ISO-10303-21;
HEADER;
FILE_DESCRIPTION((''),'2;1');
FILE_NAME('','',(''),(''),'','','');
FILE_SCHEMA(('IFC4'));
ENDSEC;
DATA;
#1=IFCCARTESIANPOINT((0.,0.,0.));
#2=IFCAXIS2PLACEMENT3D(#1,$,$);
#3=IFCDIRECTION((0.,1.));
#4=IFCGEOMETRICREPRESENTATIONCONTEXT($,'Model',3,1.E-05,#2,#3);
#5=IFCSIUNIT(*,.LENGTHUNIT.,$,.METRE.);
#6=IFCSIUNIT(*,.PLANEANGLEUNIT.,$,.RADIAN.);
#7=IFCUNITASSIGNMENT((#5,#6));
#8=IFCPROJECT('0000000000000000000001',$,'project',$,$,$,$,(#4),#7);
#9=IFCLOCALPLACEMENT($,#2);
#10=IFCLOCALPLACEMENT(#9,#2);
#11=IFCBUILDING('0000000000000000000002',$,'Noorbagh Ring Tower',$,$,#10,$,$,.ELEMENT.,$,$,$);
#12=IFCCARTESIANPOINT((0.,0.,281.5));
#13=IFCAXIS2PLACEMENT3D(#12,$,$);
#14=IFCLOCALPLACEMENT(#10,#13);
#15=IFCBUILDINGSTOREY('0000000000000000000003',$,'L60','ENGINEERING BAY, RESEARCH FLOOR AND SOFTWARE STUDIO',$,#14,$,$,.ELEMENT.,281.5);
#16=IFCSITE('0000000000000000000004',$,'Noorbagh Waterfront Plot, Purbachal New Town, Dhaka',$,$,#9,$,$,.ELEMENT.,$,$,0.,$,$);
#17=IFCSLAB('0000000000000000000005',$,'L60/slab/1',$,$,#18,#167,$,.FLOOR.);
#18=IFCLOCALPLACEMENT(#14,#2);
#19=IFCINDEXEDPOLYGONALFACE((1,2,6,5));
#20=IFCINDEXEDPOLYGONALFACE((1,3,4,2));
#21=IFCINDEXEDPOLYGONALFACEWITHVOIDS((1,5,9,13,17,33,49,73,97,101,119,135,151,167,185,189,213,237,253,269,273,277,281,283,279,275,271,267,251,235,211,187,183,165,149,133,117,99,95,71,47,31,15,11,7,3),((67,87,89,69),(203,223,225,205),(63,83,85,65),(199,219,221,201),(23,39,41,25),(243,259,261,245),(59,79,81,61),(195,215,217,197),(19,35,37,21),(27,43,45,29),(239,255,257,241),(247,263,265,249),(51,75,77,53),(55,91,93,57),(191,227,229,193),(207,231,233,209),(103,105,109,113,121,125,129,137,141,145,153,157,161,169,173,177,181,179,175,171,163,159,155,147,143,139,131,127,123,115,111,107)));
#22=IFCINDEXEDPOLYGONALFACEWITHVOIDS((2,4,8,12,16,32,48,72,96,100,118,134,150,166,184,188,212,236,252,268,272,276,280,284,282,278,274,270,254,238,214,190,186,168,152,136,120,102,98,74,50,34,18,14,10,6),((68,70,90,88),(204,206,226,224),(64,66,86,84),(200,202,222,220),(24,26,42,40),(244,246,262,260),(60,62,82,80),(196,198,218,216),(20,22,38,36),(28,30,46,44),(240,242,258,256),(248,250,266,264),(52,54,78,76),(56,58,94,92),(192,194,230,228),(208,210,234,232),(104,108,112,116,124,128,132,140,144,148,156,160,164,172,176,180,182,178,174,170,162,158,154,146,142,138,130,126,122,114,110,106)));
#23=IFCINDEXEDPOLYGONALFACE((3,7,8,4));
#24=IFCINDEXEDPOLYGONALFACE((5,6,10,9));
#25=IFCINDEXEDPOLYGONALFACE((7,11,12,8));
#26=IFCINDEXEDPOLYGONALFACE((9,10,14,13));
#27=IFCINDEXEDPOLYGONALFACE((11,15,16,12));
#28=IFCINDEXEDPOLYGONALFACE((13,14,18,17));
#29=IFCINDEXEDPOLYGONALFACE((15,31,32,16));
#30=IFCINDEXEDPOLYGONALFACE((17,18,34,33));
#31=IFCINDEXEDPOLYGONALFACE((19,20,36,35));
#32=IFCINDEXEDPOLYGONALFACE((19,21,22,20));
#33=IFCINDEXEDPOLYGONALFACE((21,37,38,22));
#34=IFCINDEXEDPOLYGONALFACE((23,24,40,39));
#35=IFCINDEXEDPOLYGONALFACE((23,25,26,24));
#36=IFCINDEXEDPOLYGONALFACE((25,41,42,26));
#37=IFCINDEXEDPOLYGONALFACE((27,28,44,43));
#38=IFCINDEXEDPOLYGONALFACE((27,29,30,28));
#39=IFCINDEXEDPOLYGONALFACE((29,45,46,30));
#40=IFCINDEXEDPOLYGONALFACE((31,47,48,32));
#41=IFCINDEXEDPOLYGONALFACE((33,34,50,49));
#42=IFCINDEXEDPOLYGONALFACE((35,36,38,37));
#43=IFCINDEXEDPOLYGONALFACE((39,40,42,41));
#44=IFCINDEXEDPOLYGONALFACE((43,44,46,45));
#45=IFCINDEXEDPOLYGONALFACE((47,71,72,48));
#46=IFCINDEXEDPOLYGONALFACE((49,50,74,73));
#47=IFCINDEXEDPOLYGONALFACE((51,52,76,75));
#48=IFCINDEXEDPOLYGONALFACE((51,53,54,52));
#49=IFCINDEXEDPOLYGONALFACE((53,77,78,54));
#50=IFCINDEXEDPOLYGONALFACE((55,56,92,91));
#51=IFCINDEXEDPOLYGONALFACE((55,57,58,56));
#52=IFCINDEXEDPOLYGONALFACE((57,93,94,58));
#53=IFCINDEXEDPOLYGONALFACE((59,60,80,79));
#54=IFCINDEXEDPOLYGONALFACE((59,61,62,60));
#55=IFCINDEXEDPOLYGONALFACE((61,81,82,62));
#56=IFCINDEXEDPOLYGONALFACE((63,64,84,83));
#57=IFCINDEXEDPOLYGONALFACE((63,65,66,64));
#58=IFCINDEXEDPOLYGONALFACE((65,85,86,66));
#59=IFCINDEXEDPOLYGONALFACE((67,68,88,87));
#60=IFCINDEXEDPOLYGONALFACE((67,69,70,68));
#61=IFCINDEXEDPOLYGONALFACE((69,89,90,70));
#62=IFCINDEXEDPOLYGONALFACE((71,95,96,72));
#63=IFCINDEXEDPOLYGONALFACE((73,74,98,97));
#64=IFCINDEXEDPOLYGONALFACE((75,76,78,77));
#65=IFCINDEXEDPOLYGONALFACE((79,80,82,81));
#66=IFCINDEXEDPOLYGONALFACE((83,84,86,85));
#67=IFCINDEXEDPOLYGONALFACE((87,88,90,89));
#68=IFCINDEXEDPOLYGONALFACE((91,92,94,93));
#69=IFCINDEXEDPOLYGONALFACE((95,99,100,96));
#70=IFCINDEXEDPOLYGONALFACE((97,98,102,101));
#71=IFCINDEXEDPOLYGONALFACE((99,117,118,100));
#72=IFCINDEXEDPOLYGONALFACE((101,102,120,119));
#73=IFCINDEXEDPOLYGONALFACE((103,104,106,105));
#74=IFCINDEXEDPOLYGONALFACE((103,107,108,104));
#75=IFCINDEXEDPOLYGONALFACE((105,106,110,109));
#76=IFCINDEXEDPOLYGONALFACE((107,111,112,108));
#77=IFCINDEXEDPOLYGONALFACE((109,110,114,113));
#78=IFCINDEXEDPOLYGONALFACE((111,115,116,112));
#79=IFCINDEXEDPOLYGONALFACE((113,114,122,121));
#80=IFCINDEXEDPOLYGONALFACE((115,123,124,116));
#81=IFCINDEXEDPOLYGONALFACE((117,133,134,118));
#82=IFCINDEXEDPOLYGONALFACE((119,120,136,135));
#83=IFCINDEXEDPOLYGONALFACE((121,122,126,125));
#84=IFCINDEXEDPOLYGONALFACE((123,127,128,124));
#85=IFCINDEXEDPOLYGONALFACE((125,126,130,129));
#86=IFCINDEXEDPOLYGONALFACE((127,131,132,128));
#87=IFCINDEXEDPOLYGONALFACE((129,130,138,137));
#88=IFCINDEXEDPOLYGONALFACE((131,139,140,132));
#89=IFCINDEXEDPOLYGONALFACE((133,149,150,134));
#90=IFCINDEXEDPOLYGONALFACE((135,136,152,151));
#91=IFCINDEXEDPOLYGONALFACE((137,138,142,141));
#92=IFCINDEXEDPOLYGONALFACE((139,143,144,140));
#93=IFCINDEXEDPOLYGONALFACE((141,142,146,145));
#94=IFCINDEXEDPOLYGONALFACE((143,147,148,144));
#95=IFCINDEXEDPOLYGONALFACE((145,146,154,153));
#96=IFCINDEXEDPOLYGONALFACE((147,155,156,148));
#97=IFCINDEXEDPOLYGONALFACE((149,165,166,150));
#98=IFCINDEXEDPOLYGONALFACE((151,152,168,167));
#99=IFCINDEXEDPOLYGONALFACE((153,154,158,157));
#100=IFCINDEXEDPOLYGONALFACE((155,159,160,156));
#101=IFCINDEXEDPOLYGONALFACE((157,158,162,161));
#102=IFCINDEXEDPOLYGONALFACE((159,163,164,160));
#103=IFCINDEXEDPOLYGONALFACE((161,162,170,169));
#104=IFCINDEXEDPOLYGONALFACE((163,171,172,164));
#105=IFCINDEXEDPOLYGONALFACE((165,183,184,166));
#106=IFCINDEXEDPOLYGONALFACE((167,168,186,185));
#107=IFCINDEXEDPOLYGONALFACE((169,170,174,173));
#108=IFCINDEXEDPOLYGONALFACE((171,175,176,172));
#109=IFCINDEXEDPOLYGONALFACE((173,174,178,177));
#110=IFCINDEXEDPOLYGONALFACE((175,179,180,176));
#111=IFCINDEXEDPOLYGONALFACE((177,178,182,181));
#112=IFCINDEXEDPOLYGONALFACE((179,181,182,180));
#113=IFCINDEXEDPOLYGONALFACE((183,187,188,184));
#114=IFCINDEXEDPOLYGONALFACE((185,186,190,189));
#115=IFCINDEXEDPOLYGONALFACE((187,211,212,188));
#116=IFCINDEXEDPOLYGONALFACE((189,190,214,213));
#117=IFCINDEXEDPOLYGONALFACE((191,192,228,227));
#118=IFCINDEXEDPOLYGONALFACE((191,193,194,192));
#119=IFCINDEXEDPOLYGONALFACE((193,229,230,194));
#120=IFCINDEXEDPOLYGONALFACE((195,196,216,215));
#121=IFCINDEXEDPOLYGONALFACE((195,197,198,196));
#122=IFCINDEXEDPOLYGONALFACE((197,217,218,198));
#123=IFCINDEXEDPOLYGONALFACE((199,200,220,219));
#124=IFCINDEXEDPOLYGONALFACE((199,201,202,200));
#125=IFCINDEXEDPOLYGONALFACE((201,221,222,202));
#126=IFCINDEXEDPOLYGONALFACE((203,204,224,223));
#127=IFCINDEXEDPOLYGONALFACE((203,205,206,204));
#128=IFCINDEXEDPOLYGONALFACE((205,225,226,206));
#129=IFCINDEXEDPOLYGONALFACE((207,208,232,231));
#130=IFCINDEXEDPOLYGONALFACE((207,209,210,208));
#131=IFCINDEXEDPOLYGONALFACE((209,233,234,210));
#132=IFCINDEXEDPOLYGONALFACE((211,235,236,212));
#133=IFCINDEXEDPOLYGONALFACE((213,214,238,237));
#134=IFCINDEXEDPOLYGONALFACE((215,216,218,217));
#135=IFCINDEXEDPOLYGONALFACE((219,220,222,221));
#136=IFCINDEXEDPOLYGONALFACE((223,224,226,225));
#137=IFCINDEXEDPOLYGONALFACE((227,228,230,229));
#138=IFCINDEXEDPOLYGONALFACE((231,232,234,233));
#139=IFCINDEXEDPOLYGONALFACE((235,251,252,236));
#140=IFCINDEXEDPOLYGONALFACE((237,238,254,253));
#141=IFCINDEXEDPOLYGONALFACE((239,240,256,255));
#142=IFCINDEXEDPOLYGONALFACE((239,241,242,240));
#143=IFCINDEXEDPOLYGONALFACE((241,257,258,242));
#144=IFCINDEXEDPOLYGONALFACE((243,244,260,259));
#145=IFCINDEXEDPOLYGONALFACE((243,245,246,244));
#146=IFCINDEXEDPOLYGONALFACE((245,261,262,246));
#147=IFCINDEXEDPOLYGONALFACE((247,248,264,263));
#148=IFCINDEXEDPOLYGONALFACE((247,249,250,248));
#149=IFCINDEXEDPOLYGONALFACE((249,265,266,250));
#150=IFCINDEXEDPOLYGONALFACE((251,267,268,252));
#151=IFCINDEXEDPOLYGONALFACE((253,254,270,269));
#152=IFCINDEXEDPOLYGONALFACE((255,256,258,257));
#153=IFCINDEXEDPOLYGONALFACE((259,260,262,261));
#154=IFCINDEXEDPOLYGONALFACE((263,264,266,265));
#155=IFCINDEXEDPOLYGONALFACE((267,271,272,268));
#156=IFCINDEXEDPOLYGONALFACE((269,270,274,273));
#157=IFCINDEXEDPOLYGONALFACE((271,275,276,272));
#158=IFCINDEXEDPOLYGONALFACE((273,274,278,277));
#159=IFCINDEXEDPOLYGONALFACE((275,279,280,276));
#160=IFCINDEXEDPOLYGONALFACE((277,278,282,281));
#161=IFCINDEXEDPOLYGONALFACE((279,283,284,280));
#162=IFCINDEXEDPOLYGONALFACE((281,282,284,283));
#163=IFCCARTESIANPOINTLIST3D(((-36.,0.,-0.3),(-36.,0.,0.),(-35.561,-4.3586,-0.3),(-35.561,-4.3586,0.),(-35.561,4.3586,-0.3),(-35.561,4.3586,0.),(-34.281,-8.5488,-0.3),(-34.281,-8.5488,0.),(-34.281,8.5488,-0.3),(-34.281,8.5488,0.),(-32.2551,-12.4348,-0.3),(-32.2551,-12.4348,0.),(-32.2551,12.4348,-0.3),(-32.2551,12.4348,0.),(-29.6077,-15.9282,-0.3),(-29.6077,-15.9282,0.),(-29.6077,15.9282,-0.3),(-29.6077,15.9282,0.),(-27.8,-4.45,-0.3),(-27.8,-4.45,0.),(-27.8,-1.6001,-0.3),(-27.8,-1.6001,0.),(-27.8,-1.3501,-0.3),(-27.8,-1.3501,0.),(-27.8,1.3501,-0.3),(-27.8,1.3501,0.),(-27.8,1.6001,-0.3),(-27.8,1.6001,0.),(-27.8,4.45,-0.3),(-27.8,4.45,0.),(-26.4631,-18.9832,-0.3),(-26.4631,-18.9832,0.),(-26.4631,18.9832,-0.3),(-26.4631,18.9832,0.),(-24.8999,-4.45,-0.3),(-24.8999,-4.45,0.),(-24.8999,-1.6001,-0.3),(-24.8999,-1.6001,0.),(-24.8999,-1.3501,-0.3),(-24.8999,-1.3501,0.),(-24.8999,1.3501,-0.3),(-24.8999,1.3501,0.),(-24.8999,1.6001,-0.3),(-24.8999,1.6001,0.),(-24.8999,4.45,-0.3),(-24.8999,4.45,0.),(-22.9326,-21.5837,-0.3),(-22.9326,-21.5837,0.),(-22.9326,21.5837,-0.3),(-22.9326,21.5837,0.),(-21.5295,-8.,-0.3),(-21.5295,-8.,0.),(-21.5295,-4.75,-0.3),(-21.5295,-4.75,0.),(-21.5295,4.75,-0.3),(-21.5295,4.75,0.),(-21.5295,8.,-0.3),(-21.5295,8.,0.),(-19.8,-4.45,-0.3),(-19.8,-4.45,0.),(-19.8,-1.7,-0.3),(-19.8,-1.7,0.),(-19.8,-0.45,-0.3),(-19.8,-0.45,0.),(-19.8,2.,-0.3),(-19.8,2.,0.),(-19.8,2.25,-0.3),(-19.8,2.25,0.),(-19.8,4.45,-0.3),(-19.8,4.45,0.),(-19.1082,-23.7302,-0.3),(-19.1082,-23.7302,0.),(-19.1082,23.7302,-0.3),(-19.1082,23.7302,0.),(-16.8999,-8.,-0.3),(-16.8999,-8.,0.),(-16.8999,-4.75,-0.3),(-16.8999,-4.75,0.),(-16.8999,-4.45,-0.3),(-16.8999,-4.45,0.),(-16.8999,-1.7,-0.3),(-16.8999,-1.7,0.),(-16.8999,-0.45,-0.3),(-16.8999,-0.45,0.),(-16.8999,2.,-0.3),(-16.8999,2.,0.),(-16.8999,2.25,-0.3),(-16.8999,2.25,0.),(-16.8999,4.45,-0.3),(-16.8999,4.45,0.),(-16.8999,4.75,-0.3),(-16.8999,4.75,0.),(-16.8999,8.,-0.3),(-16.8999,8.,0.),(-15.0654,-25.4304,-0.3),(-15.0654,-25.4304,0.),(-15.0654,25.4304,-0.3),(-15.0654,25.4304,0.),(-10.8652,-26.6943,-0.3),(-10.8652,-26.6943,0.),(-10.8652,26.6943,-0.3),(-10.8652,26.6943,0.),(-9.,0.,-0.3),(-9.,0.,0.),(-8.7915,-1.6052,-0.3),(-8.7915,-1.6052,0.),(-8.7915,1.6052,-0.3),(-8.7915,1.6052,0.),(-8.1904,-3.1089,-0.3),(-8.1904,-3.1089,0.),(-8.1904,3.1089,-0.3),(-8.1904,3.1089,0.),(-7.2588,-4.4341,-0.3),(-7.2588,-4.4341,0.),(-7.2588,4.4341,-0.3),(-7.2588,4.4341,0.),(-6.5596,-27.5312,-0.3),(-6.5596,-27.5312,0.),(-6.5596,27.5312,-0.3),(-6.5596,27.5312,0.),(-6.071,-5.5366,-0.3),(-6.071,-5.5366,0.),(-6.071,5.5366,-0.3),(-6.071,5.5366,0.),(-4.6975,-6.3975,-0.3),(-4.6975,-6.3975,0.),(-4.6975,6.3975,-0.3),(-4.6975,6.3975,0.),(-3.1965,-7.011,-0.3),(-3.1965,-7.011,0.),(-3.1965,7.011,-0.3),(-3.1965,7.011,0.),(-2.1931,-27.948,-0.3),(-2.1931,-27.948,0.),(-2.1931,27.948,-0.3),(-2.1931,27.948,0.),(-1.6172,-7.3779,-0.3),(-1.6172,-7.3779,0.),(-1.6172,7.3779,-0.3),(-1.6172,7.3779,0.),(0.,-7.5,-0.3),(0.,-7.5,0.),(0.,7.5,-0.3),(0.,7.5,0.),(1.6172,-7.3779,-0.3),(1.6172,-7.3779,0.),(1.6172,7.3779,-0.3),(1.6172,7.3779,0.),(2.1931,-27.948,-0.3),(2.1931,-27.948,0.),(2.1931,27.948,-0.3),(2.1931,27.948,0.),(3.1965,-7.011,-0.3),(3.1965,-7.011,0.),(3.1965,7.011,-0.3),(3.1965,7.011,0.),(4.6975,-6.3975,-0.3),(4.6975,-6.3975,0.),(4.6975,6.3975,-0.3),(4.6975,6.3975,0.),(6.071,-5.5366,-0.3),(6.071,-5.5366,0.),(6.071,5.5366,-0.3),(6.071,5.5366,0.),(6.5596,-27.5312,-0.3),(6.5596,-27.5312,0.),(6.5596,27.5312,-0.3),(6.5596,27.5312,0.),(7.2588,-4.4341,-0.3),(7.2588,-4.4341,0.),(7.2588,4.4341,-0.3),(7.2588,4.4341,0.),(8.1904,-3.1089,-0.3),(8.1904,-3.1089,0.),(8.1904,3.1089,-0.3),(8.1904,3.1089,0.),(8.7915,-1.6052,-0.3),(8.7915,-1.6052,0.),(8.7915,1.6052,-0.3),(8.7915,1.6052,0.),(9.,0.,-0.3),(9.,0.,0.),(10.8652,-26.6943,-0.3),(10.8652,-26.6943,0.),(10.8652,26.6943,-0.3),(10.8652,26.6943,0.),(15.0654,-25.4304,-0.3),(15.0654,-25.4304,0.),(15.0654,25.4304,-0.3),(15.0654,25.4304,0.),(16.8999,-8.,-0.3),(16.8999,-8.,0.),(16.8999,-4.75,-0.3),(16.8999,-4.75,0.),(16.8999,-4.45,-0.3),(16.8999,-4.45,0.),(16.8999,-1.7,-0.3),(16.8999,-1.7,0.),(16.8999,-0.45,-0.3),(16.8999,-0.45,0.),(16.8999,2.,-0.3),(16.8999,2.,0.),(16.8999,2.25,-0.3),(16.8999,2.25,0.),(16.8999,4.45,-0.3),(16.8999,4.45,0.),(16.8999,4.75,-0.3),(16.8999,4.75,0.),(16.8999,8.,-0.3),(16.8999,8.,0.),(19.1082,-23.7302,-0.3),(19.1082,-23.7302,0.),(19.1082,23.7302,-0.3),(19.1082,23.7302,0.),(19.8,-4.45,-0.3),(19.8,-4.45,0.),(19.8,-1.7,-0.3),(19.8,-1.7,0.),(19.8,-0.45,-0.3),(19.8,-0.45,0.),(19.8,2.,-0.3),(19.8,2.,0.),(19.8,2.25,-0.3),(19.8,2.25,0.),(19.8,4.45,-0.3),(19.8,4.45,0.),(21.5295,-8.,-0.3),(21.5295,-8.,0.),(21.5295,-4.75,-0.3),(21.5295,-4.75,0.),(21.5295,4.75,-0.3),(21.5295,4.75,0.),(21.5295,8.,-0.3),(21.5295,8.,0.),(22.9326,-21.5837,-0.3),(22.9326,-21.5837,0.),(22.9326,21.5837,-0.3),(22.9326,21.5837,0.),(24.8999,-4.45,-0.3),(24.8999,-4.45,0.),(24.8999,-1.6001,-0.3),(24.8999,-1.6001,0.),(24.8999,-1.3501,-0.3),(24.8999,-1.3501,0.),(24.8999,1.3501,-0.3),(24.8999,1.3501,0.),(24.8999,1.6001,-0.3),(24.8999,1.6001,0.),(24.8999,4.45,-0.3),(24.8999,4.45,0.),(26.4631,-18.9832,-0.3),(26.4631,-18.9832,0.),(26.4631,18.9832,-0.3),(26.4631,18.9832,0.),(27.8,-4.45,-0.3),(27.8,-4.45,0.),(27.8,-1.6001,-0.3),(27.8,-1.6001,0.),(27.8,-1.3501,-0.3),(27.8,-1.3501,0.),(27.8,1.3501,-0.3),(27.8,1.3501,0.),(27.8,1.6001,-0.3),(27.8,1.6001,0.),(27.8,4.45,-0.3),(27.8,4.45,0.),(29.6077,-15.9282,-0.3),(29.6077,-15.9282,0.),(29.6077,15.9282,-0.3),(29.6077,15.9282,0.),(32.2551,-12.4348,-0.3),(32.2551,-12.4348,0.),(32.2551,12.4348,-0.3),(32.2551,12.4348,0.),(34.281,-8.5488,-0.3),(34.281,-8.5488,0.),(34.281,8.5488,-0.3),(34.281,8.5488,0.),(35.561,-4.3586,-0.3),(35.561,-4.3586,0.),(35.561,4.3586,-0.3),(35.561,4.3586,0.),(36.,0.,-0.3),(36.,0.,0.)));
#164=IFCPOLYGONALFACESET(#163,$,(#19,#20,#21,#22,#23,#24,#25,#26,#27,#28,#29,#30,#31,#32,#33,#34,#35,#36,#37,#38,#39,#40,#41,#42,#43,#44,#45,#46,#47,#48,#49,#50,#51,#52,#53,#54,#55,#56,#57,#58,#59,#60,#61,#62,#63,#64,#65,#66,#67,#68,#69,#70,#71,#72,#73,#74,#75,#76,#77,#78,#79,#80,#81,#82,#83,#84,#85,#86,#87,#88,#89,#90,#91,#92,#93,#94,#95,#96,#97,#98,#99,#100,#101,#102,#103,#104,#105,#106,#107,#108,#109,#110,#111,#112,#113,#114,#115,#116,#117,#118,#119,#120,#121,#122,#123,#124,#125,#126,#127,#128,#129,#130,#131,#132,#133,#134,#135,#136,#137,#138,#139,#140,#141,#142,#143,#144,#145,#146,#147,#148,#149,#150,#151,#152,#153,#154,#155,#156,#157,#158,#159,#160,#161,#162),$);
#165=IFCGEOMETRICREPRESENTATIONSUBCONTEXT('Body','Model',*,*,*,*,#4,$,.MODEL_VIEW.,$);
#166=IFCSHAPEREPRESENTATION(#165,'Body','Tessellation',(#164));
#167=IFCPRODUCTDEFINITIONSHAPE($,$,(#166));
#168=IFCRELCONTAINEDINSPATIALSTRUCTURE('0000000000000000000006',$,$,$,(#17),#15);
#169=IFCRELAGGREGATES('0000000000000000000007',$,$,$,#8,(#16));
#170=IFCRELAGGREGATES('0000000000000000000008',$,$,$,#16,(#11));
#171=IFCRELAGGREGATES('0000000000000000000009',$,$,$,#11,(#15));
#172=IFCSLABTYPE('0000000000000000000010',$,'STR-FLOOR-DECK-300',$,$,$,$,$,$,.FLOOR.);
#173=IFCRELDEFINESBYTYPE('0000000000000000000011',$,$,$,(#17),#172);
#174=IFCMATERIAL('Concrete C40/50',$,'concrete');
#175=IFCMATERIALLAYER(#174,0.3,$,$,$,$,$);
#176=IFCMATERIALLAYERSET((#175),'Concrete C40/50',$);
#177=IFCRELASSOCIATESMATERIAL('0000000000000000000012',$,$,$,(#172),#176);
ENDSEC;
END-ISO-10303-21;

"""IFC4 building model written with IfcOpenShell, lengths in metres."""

from ifc_helpers import new_model, si_unit, direction, frame, origin, place, context, subcontext, project, spatial, polyline, outline, extrude, material, layer, layer_set, type_object, element, save


model = new_model("IFC4")

# Units and contexts
model_context = context("Model", 3, precision=1e-05, world=origin(), true_north=direction((0.0, 1.0)))
body_context = subcontext(model_context, "Body", "Model", "MODEL_VIEW")
ifc_project = project(units=[si_unit("LENGTHUNIT", "METRE"), si_unit("PLANEANGLEUNIT", "RADIAN")], contexts=[model_context])

# Site, building, storey
site_placement = place(None, origin())
site = spatial("IfcSite", under=ifc_project, at=site_placement, Name="Noorbagh Waterfront Plot, Purbachal New Town, Dhaka", CompositionType="ELEMENT", RefElevation=0.0)
building_placement = place(site_placement, origin())
building = spatial("IfcBuilding", under=site, at=building_placement, Name="Noorbagh Ring Tower", CompositionType="ELEMENT")
storey_placement = place(building_placement, frame((0.0, 0.0, 281.5)))
storey = spatial("IfcBuildingStorey", under=building, at=storey_placement, Name="L60", Description="ENGINEERING BAY, RESEARCH FLOOR AND SOFTWARE STUDIO", CompositionType="ELEMENT", Elevation=281.5)

# Slab
ifc_material_1 = material(Name="Concrete C40/50", Category="concrete")
ifc_layer_1 = layer(ifc_material_1, 0.3)
ifc_layer_set_1 = layer_set([ifc_layer_1], Name="Concrete C40/50")
slab_type_1 = type_object("IfcSlabType", Name="STR-FLOOR-DECK-300", PredefinedType="FLOOR", material=ifc_layer_set_1)
slab_1_placement = place(storey_placement, frame((0.0, 0.0, -0.3)))
element("IfcSlab", 1, at=slab_1_placement, inside=storey, type_object=slab_type_1, Name="L60/slab/1", PredefinedType="FLOOR", context=body_context, shape_type="SweptSolid", body=[
    extrude(outline(polyline([(36.0, 0.0), (35.561, 4.3586), (34.281, 8.5488), (32.2551, 12.4348), (29.6077, 15.9282), (26.4631, 18.9832), (22.9326, 21.5837), (19.1082, 23.7302), (15.0654, 25.4304), (10.8652, 26.6943), (6.5596, 27.5312), (2.1931, 27.948), (-2.1931, 27.948), (-6.5596, 27.5312), (-10.8652, 26.6943), (-15.0654, 25.4304), (-19.1082, 23.7302), (-22.9326, 21.5837), (-26.4631, 18.9832), (-29.6077, 15.9282), (-32.2551, 12.4348), (-34.281, 8.5488), (-35.561, 4.3586), (-36.0, 0.0), (-35.561, -4.3586), (-34.281, -8.5488), (-32.2551, -12.4348), (-29.6077, -15.9282), (-26.4631, -18.9832), (-22.9326, -21.5837), (-19.1082, -23.7302), (-15.0654, -25.4304), (-10.8652, -26.6943), (-6.5596, -27.5312), (-2.1931, -27.948), (2.1931, -27.948), (6.5596, -27.5312), (10.8652, -26.6943), (15.0654, -25.4304), (19.1082, -23.7302), (22.9326, -21.5837), (26.4631, -18.9832), (29.6077, -15.9282), (32.2551, -12.4348), (34.281, -8.5488), (35.561, -4.3586), (36.0, 0.0)]), holes=[polyline([(24.8999, 4.45), (27.8, 4.45), (27.8, 1.6001), (24.8999, 1.6001), (24.8999, 4.45)]), polyline([(24.8999, 1.3501), (27.8, 1.3501), (27.8, -1.3501), (24.8999, -1.3501), (24.8999, 1.3501)]), polyline([(24.8999, -1.6001), (27.8, -1.6001), (27.8, -4.45), (24.8999, -4.45), (24.8999, -1.6001)]), polyline([(21.5295, -8.0), (16.8999, -8.0), (16.8999, -4.75), (21.5295, -4.75), (21.5295, -8.0)]), polyline([(16.8999, 4.75), (16.8999, 8.0), (21.5295, 8.0), (21.5295, 4.75), (16.8999, 4.75)]), polyline([(19.8, 4.45), (19.8, 2.25), (16.8999, 2.25), (16.8999, 4.45), (19.8, 4.45)]), polyline([(16.8999, 2.0), (19.8, 2.0), (19.8, -0.45), (16.8999, -0.45), (16.8999, 2.0)]), polyline([(16.8999, -1.7), (19.8, -1.7), (19.8, -4.45), (16.8999, -4.45), (16.8999, -1.7)]), polyline([(4.6975, -6.3975), (3.1965, -7.011), (1.6172, -7.3779), (0.0, -7.5), (-1.6172, -7.3779), (-3.1965, -7.011), (-4.6975, -6.3975), (-6.071, -5.5366), (-7.2588, -4.4341), (-8.1904, -3.1089), (-8.7915, -1.6052), (-9.0, 0.0), (-8.7915, 1.6052), (-8.1904, 3.1089), (-7.2588, 4.4341), (-6.071, 5.5366), (-4.6975, 6.3975), (-3.1965, 7.011), (-1.6172, 7.3779), (0.0, 7.5), (1.6172, 7.3779), (3.1965, 7.011), (4.6975, 6.3975), (6.071, 5.5366), (7.2588, 4.4341), (8.1904, 3.1089), (8.7915, 1.6052), (9.0, 0.0), (8.7915, -1.6052), (8.1904, -3.1089), (7.2588, -4.4341), (6.071, -5.5366), (4.6975, -6.3975)]), polyline([(-16.8999, 2.25), (-19.8, 2.25), (-19.8, 4.45), (-16.8999, 4.45), (-16.8999, 2.25)]), polyline([(-16.8999, -0.45), (-19.8, -0.45), (-19.8, 2.0), (-16.8999, 2.0), (-16.8999, -0.45)]), polyline([(-16.8999, -4.45), (-19.8, -4.45), (-19.8, -1.7), (-16.8999, -1.7), (-16.8999, -4.45)]), polyline([(-21.5295, 8.0), (-16.8999, 8.0), (-16.8999, 4.75), (-21.5295, 4.75), (-21.5295, 8.0)]), polyline([(-21.5295, -4.75), (-16.8999, -4.75), (-16.8999, -8.0), (-21.5295, -8.0), (-21.5295, -4.75)]), polyline([(-24.8999, -4.45), (-27.8, -4.45), (-27.8, -1.6001), (-24.8999, -1.6001), (-24.8999, -4.45)]), polyline([(-24.8999, 1.6001), (-27.8, 1.6001), (-27.8, 4.45), (-24.8999, 4.45), (-24.8999, 1.6001)]), polyline([(-24.8999, -1.3501), (-27.8, -1.3501), (-27.8, 1.3501), (-24.8999, 1.3501), (-24.8999, -1.3501)])]), origin(), (0.0, 0.0, 1.0), 0.3),
])

save(model, "model.ifc")
